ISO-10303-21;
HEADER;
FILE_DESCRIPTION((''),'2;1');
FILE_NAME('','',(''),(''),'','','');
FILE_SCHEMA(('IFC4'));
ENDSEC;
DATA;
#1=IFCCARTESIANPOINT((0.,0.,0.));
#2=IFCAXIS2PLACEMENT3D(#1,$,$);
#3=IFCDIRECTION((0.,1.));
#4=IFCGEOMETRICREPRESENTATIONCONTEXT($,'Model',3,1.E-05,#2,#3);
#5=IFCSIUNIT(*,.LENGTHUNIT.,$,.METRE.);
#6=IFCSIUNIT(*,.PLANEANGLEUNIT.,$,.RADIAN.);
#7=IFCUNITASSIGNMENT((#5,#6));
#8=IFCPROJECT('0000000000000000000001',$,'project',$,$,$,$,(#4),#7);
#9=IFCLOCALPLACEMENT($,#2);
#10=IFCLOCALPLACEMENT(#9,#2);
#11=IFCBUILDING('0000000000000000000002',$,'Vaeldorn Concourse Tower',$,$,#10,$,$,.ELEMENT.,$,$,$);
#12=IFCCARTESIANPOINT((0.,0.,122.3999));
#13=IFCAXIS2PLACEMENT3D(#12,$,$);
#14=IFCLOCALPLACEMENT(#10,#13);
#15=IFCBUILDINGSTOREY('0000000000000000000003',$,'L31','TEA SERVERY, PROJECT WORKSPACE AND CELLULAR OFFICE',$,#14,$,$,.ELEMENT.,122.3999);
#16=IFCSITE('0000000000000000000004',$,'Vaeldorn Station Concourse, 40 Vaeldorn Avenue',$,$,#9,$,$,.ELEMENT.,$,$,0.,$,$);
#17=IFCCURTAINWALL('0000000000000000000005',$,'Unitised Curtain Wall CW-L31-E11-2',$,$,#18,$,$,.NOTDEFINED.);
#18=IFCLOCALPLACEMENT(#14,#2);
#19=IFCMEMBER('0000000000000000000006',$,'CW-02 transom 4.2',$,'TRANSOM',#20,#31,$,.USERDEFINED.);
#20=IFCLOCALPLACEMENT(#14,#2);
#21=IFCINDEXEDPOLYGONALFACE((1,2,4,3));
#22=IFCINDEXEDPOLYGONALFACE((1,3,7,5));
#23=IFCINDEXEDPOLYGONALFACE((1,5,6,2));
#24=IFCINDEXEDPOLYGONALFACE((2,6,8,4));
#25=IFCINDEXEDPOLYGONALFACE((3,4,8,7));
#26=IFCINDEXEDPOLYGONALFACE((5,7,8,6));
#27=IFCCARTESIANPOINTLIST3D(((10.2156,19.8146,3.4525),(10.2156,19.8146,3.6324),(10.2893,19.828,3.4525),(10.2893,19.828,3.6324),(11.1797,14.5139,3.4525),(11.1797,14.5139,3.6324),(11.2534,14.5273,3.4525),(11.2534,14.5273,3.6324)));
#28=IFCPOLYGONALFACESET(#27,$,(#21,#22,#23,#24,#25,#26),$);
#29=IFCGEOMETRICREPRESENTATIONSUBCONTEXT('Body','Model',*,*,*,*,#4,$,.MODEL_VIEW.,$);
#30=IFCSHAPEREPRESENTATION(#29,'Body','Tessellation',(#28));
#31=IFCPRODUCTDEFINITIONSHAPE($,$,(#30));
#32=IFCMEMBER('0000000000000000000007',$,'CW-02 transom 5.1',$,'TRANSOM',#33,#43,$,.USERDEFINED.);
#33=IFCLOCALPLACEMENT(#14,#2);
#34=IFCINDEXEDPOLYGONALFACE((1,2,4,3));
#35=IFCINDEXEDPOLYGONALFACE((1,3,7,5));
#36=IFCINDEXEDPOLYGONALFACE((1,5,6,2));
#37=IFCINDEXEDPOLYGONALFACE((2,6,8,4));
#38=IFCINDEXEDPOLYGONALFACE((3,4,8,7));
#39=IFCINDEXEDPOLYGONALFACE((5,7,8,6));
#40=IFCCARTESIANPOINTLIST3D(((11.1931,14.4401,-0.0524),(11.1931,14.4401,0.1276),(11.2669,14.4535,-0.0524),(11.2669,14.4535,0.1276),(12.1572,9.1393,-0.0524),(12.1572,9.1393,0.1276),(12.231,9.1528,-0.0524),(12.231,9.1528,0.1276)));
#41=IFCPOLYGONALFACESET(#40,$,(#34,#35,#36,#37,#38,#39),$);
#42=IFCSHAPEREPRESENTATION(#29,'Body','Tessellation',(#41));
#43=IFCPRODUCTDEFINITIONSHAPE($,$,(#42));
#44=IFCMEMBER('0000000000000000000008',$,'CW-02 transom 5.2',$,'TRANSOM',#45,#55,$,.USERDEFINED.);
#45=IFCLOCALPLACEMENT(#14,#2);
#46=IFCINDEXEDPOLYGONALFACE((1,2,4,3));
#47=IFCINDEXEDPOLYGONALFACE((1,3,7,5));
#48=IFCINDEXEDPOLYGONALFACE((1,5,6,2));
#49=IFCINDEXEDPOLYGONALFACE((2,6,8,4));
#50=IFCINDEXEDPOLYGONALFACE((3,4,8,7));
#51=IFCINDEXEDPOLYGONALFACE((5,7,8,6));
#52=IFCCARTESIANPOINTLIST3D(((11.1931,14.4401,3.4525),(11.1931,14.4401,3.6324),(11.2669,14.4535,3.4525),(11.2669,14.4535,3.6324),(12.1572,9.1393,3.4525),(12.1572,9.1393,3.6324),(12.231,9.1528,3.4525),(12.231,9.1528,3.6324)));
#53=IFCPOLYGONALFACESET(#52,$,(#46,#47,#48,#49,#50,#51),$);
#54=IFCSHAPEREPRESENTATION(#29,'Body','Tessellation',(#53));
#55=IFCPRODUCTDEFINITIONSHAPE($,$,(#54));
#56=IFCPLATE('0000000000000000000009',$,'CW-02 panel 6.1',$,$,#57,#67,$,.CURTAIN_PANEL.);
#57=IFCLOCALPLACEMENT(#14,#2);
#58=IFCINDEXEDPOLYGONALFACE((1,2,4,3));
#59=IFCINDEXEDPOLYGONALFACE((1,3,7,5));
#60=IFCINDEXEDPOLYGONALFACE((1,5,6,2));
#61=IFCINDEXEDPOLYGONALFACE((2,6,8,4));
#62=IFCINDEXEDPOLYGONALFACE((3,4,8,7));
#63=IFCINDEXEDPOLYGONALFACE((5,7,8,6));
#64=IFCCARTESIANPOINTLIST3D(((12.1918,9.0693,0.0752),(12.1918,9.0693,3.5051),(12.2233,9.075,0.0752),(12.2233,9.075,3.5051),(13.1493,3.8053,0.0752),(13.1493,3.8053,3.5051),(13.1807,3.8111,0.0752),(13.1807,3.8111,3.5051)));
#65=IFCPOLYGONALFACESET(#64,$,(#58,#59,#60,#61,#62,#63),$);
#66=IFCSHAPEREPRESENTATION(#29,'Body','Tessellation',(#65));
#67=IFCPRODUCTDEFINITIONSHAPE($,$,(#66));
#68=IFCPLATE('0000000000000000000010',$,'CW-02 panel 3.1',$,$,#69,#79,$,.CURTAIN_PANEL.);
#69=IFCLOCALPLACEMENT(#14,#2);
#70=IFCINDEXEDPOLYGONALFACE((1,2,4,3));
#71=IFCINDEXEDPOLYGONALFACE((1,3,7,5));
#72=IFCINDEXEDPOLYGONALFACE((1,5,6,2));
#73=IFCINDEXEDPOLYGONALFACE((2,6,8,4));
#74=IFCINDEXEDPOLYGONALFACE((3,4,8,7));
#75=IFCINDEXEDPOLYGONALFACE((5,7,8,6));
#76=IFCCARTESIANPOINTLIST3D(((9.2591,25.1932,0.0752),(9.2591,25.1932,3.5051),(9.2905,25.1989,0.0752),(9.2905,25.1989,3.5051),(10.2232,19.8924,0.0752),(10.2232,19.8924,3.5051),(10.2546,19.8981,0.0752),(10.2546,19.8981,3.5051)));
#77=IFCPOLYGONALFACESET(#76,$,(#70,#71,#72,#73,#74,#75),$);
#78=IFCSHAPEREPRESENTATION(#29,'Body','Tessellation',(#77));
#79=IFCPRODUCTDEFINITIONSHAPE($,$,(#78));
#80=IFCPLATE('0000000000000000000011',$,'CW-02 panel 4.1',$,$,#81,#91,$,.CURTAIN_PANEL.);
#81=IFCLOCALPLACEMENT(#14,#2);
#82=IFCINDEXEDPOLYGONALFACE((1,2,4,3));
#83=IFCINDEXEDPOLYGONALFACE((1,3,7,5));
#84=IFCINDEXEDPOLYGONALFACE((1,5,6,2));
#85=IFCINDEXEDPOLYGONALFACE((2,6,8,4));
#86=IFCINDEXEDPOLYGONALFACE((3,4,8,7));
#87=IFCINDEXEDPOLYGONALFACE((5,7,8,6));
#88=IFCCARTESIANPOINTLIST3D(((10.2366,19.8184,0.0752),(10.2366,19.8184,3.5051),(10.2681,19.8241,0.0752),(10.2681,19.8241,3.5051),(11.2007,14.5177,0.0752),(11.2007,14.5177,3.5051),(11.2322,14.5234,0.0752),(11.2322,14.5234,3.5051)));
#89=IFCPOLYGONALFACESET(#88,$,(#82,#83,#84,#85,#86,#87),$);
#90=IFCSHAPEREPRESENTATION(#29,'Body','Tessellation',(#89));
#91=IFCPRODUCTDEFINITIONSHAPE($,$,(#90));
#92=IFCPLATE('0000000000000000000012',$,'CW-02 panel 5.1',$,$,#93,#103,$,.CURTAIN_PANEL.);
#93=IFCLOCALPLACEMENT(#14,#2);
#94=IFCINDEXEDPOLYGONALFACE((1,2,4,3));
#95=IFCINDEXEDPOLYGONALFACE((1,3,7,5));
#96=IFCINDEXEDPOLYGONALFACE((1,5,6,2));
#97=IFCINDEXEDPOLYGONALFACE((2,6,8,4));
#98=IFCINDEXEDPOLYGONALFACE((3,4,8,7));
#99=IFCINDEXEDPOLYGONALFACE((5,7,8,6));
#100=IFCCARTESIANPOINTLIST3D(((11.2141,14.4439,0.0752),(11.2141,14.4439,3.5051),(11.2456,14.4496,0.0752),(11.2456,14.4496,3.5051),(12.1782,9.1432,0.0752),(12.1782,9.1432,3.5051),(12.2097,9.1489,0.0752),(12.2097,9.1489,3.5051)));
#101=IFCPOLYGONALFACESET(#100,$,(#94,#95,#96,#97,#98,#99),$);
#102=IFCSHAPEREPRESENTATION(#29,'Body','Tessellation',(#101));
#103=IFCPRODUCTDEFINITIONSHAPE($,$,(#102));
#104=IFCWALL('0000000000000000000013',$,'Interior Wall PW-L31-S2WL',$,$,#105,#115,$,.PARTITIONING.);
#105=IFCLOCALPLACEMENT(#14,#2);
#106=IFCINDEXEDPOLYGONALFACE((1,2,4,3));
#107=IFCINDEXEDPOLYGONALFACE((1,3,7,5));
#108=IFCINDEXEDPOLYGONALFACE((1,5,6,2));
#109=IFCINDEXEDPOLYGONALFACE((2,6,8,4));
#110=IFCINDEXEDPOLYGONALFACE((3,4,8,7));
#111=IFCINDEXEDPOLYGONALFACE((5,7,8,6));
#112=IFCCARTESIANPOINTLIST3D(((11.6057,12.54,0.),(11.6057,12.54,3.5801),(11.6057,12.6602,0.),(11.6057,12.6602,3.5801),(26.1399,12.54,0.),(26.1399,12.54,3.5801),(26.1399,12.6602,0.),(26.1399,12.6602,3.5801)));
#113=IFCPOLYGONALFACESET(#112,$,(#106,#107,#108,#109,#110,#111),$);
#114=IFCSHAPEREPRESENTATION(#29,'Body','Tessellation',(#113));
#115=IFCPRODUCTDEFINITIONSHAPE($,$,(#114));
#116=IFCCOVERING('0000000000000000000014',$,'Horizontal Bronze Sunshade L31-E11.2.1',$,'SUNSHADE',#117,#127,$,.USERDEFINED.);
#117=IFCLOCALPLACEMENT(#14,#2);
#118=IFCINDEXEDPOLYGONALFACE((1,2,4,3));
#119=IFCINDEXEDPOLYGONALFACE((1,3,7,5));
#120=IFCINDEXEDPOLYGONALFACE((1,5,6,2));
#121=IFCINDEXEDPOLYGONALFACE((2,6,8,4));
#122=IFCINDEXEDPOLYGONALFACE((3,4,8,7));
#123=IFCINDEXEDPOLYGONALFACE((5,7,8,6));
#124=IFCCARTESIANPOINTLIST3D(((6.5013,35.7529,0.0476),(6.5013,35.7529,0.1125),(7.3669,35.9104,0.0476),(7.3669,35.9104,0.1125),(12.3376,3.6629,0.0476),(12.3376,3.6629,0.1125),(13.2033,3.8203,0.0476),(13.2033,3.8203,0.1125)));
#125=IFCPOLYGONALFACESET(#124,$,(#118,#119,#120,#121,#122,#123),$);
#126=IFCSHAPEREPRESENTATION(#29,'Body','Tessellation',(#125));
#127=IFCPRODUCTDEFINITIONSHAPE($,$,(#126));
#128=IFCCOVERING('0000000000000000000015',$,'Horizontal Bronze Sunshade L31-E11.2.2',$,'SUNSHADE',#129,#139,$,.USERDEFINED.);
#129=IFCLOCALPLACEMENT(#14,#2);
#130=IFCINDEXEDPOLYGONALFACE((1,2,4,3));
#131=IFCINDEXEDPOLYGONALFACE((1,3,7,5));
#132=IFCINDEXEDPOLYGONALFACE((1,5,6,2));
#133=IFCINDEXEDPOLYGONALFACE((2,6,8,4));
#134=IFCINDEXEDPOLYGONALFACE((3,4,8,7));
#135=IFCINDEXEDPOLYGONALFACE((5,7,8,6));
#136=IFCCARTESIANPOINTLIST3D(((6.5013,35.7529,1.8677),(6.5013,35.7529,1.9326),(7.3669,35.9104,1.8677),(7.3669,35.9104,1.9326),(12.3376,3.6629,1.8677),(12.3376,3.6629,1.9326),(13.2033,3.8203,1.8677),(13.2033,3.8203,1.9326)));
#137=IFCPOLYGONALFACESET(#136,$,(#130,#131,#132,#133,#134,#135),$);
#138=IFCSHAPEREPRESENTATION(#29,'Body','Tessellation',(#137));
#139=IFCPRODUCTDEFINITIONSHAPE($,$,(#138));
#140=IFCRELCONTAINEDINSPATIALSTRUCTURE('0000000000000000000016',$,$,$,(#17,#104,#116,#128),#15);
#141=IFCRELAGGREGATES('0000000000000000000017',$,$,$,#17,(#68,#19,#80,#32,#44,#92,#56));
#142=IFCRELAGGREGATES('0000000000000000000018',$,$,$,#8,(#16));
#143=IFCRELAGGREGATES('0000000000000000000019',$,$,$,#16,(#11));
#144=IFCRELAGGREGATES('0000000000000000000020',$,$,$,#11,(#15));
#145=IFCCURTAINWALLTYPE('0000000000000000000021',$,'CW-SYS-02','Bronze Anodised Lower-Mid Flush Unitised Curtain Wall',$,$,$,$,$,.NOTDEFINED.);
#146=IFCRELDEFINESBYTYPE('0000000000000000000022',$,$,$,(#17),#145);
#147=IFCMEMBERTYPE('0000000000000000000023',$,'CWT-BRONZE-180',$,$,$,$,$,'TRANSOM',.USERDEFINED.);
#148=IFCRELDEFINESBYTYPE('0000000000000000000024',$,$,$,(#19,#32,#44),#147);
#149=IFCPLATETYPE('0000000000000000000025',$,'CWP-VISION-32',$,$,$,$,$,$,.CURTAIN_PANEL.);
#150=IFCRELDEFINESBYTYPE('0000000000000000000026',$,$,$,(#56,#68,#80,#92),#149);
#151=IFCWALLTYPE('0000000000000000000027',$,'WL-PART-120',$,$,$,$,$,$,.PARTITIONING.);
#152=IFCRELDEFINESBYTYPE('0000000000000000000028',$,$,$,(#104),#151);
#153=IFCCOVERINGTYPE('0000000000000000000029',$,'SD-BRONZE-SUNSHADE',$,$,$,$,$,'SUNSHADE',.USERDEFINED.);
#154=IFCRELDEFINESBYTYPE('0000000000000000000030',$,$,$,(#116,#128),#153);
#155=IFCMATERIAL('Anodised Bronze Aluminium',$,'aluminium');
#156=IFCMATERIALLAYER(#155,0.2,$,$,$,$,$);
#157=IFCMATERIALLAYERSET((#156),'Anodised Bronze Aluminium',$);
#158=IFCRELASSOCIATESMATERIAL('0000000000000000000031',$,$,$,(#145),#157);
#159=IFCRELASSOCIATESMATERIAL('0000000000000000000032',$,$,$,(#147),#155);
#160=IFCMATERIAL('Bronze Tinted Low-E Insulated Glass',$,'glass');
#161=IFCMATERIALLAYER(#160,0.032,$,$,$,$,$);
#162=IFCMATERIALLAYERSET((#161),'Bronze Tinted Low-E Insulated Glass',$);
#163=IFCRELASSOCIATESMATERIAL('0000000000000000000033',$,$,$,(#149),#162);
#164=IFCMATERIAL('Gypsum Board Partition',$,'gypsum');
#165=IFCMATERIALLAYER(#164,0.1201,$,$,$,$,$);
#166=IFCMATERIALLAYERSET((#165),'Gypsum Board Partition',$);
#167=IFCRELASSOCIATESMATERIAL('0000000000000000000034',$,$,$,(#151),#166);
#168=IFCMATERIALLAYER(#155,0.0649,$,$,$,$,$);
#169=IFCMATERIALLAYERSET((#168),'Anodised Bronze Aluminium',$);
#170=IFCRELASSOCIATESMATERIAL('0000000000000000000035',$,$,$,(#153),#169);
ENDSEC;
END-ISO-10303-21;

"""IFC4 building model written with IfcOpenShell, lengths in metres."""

from ifc_helpers import new_model, si_unit, direction, frame, frame_2d, origin, origin_2d, place, context, subcontext, project, spatial, rectangle, extrude, source, transform, mapped, material, layer, layer_set, material_profile, profile_set, type_object, element, aggregate, save


model = new_model("IFC4")

# Units and contexts
model_context = context("Model", 3, precision=1e-05, world=origin(), true_north=direction((0.0, 1.0)))
body_context = subcontext(model_context, "Body", "Model", "MODEL_VIEW")
ifc_project = project(units=[si_unit("LENGTHUNIT", "METRE"), si_unit("PLANEANGLEUNIT", "RADIAN")], contexts=[model_context])

# Site, building, storey
site_placement = place(None, origin())
site = spatial("IfcSite", under=ifc_project, at=site_placement, Name="Vaeldorn Station Concourse, 40 Vaeldorn Avenue", CompositionType="ELEMENT", RefElevation=0.0)
building_placement = place(site_placement, origin())
building = spatial("IfcBuilding", under=site, at=building_placement, Name="Vaeldorn Concourse Tower", CompositionType="ELEMENT")
storey_placement = place(building_placement, frame((0.0, 0.0, 122.3999)))
storey = spatial("IfcBuildingStorey", under=building, at=storey_placement, Name="L31", Description="TEA SERVERY, PROJECT WORKSPACE AND CELLULAR OFFICE", CompositionType="ELEMENT", Elevation=122.3999)

# Curtain wall, members, plates
ifc_material_1 = material(Name="Anodised Bronze Aluminium", Category="aluminium")
ifc_layer_1 = layer(ifc_material_1, 0.2)
ifc_layer_set_1 = layer_set([ifc_layer_1], Name="Anodised Bronze Aluminium")
curtain_wall_type = type_object("IfcCurtainWallType", Name="CW-SYS-02", Description="Bronze Anodised Lower-Mid Flush Unitised Curtain Wall", PredefinedType="NOTDEFINED", material=ifc_layer_set_1)
curtain_wall_placement = place(storey_placement, origin())
curtain_wall = element("IfcCurtainWall", 1, at=curtain_wall_placement, inside=storey, type_object=curtain_wall_type, Name="Unitised Curtain Wall CW-L31-E11-2", PredefinedType="NOTDEFINED")
ifc_material_profile_1 = material_profile(ifc_material_1, rectangle(XDim=0.075, YDim=0.1799, at=origin_2d()), Name="CWT 75x180")
ifc_profile_set_1 = profile_set([ifc_material_profile_1], Name="Anodised Bronze Aluminium")
member_type_1 = type_object("IfcMemberType", Name="CWT-BRONZE-180", ElementType="TRANSOM", PredefinedType="USERDEFINED", material=ifc_profile_set_1)
shared_shape_1 = source(origin(), body_context, "Body", "SweptSolid", [
    extrude(rectangle(XDim=0.075, YDim=0.1799, at=origin_2d()), origin(), (0.0, 0.0, 1.0), 5.3877),
])
member_1_placement = place(storey_placement, frame((10.2524, 19.8213, 3.5425), z_axis=(0.178945, -0.983859, 0.0), x_axis=(0.983859, 0.178945, 0.0)))
member_1 = element("IfcMember", 2, at=member_1_placement, type_object=member_type_1, Name="CW-02 transom 4.2", ObjectType="TRANSOM", PredefinedType="USERDEFINED", context=body_context, shape_type="MappedRepresentation", body=[
    mapped(shared_shape_1, transform((0.0, 0.0, 0.0), scale=1.0)),
])
member_2_placement = place(storey_placement, frame((11.23, 14.4468, 0.0376), z_axis=(0.178945, -0.983859, 0.0), x_axis=(0.983859, 0.178945, 0.0)))
member_2 = element("IfcMember", 3, at=member_2_placement, type_object=member_type_1, Name="CW-02 transom 5.1", ObjectType="TRANSOM", PredefinedType="USERDEFINED", context=body_context, shape_type="MappedRepresentation", body=[
    mapped(shared_shape_1, transform((0.0, 0.0, 0.0), scale=1.0)),
])
member_3_placement = place(storey_placement, frame((11.23, 14.4468, 3.5425), z_axis=(0.178945, -0.983859, 0.0), x_axis=(0.983859, 0.178945, 0.0)))
member_3 = element("IfcMember", 4, at=member_3_placement, type_object=member_type_1, Name="CW-02 transom 5.2", ObjectType="TRANSOM", PredefinedType="USERDEFINED", context=body_context, shape_type="MappedRepresentation", body=[
    mapped(shared_shape_1, transform((0.0, 0.0, 0.0), scale=1.0)),
])
ifc_material_2 = material(Name="Bronze Tinted Low-E Insulated Glass", Category="glass")
ifc_layer_2 = layer(ifc_material_2, 0.032)
ifc_layer_set_2 = layer_set([ifc_layer_2], Name="Bronze Tinted Low-E Insulated Glass")
plate_type = type_object("IfcPlateType", Name="CWP-VISION-32", PredefinedType="CURTAIN_PANEL", material=ifc_layer_set_2)
shared_shape_2 = source(origin(), body_context, "Body", "SweptSolid", [
    extrude(rectangle(XDim=5.3503, YDim=0.032, at=origin_2d()), origin(), (0.0, 0.0, 1.0), 3.4299),
])
plate_1_placement = place(storey_placement, frame((12.6863, 6.4402, 0.0752), z_axis=(0.0, 0.0, 1.0), x_axis=(0.178945, -0.983859, 0.0)))
plate_1 = element("IfcPlate", 5, at=plate_1_placement, type_object=plate_type, Name="CW-02 panel 6.1", PredefinedType="CURTAIN_PANEL", context=body_context, shape_type="MappedRepresentation", body=[
    mapped(shared_shape_2, transform((0.0, 0.0, 0.0), scale=1.0)),
])
shared_shape_3 = source(origin(), body_context, "Body", "SweptSolid", [
    extrude(rectangle(XDim=5.3877, YDim=0.032, at=origin_2d()), origin(), (0.0, 0.0, 1.0), 3.4299),
])
plate_2_placement = place(storey_placement, frame((9.7568, 22.5457, 0.0752), z_axis=(0.0, 0.0, 1.0), x_axis=(0.178945, -0.983859, 0.0)))
plate_2 = element("IfcPlate", 6, at=plate_2_placement, type_object=plate_type, Name="CW-02 panel 3.1", PredefinedType="CURTAIN_PANEL", context=body_context, shape_type="MappedRepresentation", body=[
    mapped(shared_shape_3, transform((0.0, 0.0, 0.0), scale=1.0)),
])
plate_3_placement = place(storey_placement, frame((10.7344, 17.1709, 0.0752), z_axis=(0.0, 0.0, 1.0), x_axis=(0.178945, -0.983859, 0.0)))
plate_3 = element("IfcPlate", 7, at=plate_3_placement, type_object=plate_type, Name="CW-02 panel 4.1", PredefinedType="CURTAIN_PANEL", context=body_context, shape_type="MappedRepresentation", body=[
    mapped(shared_shape_3, transform((0.0, 0.0, 0.0), scale=1.0)),
])
plate_4_placement = place(storey_placement, frame((11.7119, 11.7964, 0.0752), z_axis=(0.0, 0.0, 1.0), x_axis=(0.178945, -0.983859, 0.0)))
plate_4 = element("IfcPlate", 8, at=plate_4_placement, type_object=plate_type, Name="CW-02 panel 5.1", PredefinedType="CURTAIN_PANEL", context=body_context, shape_type="MappedRepresentation", body=[
    mapped(shared_shape_3, transform((0.0, 0.0, 0.0), scale=1.0)),
])
aggregate(curtain_wall, [plate_2, member_1, plate_3, member_2, member_3, plate_4, plate_1])

# Wall
ifc_material_3 = material(Name="Gypsum Board Partition", Category="gypsum")
ifc_layer_3 = layer(ifc_material_3, 0.1201)
ifc_layer_set_3 = layer_set([ifc_layer_3], Name="Gypsum Board Partition")
wall_type = type_object("IfcWallType", Name="WL-PART-120", PredefinedType="PARTITIONING", material=ifc_layer_set_3)
wall_placement = place(storey_placement, frame((11.6057, 12.6001, 0.0), z_axis=(0.0, 0.0, 1.0), x_axis=(1.0, 0.0, 0.0)))
element("IfcWall", 9, at=wall_placement, inside=storey, type_object=wall_type, Name="Interior Wall PW-L31-S2WL", PredefinedType="PARTITIONING", context=body_context, shape_type="SweptSolid", body=[
    extrude(rectangle(XDim=14.5342, YDim=0.1201, at=frame_2d((7.2671, 0.0))), origin(), (0.0, 0.0, 1.0), 3.5801),
])

# Coverings
ifc_layer_4 = layer(ifc_material_1, 0.0649)
ifc_layer_set_4 = layer_set([ifc_layer_4], Name="Anodised Bronze Aluminium")
covering_type = type_object("IfcCoveringType", Name="SD-BRONZE-SUNSHADE", ElementType="SUNSHADE", PredefinedType="USERDEFINED", material=ifc_layer_set_4)
shared_shape_4 = source(origin(), body_context, "Body", "SweptSolid", [
    extrude(rectangle(XDim=32.6165, YDim=0.8799, at=origin_2d()), origin(), (0.0, 0.0, 1.0), 0.0649),
])
for number, where, z_axis, x_axis, name in (
    (10, (9.8523, 19.7866, 0.0476), (0.0, 0.0, 1.0), (0.17894, -0.98386, 0.0), "Horizontal Bronze Sunshade L31-E11.2.1"),
    (11, (9.8523, 19.7866, 1.8677), (0.0, 0.0, 1.0), (0.17894, -0.98386, 0.0), "Horizontal Bronze Sunshade L31-E11.2.2"),
):
    element("IfcCovering", number, at=place(storey_placement, frame(where, z_axis=z_axis, x_axis=x_axis)), inside=storey, type_object=covering_type, Name=name, ObjectType="SUNSHADE", PredefinedType="USERDEFINED", context=body_context, shape_type="MappedRepresentation", body=[
        mapped(shared_shape_4, transform((0.0, 0.0, 0.0), scale=1.0)),
    ])

save(model, "model.ifc")
